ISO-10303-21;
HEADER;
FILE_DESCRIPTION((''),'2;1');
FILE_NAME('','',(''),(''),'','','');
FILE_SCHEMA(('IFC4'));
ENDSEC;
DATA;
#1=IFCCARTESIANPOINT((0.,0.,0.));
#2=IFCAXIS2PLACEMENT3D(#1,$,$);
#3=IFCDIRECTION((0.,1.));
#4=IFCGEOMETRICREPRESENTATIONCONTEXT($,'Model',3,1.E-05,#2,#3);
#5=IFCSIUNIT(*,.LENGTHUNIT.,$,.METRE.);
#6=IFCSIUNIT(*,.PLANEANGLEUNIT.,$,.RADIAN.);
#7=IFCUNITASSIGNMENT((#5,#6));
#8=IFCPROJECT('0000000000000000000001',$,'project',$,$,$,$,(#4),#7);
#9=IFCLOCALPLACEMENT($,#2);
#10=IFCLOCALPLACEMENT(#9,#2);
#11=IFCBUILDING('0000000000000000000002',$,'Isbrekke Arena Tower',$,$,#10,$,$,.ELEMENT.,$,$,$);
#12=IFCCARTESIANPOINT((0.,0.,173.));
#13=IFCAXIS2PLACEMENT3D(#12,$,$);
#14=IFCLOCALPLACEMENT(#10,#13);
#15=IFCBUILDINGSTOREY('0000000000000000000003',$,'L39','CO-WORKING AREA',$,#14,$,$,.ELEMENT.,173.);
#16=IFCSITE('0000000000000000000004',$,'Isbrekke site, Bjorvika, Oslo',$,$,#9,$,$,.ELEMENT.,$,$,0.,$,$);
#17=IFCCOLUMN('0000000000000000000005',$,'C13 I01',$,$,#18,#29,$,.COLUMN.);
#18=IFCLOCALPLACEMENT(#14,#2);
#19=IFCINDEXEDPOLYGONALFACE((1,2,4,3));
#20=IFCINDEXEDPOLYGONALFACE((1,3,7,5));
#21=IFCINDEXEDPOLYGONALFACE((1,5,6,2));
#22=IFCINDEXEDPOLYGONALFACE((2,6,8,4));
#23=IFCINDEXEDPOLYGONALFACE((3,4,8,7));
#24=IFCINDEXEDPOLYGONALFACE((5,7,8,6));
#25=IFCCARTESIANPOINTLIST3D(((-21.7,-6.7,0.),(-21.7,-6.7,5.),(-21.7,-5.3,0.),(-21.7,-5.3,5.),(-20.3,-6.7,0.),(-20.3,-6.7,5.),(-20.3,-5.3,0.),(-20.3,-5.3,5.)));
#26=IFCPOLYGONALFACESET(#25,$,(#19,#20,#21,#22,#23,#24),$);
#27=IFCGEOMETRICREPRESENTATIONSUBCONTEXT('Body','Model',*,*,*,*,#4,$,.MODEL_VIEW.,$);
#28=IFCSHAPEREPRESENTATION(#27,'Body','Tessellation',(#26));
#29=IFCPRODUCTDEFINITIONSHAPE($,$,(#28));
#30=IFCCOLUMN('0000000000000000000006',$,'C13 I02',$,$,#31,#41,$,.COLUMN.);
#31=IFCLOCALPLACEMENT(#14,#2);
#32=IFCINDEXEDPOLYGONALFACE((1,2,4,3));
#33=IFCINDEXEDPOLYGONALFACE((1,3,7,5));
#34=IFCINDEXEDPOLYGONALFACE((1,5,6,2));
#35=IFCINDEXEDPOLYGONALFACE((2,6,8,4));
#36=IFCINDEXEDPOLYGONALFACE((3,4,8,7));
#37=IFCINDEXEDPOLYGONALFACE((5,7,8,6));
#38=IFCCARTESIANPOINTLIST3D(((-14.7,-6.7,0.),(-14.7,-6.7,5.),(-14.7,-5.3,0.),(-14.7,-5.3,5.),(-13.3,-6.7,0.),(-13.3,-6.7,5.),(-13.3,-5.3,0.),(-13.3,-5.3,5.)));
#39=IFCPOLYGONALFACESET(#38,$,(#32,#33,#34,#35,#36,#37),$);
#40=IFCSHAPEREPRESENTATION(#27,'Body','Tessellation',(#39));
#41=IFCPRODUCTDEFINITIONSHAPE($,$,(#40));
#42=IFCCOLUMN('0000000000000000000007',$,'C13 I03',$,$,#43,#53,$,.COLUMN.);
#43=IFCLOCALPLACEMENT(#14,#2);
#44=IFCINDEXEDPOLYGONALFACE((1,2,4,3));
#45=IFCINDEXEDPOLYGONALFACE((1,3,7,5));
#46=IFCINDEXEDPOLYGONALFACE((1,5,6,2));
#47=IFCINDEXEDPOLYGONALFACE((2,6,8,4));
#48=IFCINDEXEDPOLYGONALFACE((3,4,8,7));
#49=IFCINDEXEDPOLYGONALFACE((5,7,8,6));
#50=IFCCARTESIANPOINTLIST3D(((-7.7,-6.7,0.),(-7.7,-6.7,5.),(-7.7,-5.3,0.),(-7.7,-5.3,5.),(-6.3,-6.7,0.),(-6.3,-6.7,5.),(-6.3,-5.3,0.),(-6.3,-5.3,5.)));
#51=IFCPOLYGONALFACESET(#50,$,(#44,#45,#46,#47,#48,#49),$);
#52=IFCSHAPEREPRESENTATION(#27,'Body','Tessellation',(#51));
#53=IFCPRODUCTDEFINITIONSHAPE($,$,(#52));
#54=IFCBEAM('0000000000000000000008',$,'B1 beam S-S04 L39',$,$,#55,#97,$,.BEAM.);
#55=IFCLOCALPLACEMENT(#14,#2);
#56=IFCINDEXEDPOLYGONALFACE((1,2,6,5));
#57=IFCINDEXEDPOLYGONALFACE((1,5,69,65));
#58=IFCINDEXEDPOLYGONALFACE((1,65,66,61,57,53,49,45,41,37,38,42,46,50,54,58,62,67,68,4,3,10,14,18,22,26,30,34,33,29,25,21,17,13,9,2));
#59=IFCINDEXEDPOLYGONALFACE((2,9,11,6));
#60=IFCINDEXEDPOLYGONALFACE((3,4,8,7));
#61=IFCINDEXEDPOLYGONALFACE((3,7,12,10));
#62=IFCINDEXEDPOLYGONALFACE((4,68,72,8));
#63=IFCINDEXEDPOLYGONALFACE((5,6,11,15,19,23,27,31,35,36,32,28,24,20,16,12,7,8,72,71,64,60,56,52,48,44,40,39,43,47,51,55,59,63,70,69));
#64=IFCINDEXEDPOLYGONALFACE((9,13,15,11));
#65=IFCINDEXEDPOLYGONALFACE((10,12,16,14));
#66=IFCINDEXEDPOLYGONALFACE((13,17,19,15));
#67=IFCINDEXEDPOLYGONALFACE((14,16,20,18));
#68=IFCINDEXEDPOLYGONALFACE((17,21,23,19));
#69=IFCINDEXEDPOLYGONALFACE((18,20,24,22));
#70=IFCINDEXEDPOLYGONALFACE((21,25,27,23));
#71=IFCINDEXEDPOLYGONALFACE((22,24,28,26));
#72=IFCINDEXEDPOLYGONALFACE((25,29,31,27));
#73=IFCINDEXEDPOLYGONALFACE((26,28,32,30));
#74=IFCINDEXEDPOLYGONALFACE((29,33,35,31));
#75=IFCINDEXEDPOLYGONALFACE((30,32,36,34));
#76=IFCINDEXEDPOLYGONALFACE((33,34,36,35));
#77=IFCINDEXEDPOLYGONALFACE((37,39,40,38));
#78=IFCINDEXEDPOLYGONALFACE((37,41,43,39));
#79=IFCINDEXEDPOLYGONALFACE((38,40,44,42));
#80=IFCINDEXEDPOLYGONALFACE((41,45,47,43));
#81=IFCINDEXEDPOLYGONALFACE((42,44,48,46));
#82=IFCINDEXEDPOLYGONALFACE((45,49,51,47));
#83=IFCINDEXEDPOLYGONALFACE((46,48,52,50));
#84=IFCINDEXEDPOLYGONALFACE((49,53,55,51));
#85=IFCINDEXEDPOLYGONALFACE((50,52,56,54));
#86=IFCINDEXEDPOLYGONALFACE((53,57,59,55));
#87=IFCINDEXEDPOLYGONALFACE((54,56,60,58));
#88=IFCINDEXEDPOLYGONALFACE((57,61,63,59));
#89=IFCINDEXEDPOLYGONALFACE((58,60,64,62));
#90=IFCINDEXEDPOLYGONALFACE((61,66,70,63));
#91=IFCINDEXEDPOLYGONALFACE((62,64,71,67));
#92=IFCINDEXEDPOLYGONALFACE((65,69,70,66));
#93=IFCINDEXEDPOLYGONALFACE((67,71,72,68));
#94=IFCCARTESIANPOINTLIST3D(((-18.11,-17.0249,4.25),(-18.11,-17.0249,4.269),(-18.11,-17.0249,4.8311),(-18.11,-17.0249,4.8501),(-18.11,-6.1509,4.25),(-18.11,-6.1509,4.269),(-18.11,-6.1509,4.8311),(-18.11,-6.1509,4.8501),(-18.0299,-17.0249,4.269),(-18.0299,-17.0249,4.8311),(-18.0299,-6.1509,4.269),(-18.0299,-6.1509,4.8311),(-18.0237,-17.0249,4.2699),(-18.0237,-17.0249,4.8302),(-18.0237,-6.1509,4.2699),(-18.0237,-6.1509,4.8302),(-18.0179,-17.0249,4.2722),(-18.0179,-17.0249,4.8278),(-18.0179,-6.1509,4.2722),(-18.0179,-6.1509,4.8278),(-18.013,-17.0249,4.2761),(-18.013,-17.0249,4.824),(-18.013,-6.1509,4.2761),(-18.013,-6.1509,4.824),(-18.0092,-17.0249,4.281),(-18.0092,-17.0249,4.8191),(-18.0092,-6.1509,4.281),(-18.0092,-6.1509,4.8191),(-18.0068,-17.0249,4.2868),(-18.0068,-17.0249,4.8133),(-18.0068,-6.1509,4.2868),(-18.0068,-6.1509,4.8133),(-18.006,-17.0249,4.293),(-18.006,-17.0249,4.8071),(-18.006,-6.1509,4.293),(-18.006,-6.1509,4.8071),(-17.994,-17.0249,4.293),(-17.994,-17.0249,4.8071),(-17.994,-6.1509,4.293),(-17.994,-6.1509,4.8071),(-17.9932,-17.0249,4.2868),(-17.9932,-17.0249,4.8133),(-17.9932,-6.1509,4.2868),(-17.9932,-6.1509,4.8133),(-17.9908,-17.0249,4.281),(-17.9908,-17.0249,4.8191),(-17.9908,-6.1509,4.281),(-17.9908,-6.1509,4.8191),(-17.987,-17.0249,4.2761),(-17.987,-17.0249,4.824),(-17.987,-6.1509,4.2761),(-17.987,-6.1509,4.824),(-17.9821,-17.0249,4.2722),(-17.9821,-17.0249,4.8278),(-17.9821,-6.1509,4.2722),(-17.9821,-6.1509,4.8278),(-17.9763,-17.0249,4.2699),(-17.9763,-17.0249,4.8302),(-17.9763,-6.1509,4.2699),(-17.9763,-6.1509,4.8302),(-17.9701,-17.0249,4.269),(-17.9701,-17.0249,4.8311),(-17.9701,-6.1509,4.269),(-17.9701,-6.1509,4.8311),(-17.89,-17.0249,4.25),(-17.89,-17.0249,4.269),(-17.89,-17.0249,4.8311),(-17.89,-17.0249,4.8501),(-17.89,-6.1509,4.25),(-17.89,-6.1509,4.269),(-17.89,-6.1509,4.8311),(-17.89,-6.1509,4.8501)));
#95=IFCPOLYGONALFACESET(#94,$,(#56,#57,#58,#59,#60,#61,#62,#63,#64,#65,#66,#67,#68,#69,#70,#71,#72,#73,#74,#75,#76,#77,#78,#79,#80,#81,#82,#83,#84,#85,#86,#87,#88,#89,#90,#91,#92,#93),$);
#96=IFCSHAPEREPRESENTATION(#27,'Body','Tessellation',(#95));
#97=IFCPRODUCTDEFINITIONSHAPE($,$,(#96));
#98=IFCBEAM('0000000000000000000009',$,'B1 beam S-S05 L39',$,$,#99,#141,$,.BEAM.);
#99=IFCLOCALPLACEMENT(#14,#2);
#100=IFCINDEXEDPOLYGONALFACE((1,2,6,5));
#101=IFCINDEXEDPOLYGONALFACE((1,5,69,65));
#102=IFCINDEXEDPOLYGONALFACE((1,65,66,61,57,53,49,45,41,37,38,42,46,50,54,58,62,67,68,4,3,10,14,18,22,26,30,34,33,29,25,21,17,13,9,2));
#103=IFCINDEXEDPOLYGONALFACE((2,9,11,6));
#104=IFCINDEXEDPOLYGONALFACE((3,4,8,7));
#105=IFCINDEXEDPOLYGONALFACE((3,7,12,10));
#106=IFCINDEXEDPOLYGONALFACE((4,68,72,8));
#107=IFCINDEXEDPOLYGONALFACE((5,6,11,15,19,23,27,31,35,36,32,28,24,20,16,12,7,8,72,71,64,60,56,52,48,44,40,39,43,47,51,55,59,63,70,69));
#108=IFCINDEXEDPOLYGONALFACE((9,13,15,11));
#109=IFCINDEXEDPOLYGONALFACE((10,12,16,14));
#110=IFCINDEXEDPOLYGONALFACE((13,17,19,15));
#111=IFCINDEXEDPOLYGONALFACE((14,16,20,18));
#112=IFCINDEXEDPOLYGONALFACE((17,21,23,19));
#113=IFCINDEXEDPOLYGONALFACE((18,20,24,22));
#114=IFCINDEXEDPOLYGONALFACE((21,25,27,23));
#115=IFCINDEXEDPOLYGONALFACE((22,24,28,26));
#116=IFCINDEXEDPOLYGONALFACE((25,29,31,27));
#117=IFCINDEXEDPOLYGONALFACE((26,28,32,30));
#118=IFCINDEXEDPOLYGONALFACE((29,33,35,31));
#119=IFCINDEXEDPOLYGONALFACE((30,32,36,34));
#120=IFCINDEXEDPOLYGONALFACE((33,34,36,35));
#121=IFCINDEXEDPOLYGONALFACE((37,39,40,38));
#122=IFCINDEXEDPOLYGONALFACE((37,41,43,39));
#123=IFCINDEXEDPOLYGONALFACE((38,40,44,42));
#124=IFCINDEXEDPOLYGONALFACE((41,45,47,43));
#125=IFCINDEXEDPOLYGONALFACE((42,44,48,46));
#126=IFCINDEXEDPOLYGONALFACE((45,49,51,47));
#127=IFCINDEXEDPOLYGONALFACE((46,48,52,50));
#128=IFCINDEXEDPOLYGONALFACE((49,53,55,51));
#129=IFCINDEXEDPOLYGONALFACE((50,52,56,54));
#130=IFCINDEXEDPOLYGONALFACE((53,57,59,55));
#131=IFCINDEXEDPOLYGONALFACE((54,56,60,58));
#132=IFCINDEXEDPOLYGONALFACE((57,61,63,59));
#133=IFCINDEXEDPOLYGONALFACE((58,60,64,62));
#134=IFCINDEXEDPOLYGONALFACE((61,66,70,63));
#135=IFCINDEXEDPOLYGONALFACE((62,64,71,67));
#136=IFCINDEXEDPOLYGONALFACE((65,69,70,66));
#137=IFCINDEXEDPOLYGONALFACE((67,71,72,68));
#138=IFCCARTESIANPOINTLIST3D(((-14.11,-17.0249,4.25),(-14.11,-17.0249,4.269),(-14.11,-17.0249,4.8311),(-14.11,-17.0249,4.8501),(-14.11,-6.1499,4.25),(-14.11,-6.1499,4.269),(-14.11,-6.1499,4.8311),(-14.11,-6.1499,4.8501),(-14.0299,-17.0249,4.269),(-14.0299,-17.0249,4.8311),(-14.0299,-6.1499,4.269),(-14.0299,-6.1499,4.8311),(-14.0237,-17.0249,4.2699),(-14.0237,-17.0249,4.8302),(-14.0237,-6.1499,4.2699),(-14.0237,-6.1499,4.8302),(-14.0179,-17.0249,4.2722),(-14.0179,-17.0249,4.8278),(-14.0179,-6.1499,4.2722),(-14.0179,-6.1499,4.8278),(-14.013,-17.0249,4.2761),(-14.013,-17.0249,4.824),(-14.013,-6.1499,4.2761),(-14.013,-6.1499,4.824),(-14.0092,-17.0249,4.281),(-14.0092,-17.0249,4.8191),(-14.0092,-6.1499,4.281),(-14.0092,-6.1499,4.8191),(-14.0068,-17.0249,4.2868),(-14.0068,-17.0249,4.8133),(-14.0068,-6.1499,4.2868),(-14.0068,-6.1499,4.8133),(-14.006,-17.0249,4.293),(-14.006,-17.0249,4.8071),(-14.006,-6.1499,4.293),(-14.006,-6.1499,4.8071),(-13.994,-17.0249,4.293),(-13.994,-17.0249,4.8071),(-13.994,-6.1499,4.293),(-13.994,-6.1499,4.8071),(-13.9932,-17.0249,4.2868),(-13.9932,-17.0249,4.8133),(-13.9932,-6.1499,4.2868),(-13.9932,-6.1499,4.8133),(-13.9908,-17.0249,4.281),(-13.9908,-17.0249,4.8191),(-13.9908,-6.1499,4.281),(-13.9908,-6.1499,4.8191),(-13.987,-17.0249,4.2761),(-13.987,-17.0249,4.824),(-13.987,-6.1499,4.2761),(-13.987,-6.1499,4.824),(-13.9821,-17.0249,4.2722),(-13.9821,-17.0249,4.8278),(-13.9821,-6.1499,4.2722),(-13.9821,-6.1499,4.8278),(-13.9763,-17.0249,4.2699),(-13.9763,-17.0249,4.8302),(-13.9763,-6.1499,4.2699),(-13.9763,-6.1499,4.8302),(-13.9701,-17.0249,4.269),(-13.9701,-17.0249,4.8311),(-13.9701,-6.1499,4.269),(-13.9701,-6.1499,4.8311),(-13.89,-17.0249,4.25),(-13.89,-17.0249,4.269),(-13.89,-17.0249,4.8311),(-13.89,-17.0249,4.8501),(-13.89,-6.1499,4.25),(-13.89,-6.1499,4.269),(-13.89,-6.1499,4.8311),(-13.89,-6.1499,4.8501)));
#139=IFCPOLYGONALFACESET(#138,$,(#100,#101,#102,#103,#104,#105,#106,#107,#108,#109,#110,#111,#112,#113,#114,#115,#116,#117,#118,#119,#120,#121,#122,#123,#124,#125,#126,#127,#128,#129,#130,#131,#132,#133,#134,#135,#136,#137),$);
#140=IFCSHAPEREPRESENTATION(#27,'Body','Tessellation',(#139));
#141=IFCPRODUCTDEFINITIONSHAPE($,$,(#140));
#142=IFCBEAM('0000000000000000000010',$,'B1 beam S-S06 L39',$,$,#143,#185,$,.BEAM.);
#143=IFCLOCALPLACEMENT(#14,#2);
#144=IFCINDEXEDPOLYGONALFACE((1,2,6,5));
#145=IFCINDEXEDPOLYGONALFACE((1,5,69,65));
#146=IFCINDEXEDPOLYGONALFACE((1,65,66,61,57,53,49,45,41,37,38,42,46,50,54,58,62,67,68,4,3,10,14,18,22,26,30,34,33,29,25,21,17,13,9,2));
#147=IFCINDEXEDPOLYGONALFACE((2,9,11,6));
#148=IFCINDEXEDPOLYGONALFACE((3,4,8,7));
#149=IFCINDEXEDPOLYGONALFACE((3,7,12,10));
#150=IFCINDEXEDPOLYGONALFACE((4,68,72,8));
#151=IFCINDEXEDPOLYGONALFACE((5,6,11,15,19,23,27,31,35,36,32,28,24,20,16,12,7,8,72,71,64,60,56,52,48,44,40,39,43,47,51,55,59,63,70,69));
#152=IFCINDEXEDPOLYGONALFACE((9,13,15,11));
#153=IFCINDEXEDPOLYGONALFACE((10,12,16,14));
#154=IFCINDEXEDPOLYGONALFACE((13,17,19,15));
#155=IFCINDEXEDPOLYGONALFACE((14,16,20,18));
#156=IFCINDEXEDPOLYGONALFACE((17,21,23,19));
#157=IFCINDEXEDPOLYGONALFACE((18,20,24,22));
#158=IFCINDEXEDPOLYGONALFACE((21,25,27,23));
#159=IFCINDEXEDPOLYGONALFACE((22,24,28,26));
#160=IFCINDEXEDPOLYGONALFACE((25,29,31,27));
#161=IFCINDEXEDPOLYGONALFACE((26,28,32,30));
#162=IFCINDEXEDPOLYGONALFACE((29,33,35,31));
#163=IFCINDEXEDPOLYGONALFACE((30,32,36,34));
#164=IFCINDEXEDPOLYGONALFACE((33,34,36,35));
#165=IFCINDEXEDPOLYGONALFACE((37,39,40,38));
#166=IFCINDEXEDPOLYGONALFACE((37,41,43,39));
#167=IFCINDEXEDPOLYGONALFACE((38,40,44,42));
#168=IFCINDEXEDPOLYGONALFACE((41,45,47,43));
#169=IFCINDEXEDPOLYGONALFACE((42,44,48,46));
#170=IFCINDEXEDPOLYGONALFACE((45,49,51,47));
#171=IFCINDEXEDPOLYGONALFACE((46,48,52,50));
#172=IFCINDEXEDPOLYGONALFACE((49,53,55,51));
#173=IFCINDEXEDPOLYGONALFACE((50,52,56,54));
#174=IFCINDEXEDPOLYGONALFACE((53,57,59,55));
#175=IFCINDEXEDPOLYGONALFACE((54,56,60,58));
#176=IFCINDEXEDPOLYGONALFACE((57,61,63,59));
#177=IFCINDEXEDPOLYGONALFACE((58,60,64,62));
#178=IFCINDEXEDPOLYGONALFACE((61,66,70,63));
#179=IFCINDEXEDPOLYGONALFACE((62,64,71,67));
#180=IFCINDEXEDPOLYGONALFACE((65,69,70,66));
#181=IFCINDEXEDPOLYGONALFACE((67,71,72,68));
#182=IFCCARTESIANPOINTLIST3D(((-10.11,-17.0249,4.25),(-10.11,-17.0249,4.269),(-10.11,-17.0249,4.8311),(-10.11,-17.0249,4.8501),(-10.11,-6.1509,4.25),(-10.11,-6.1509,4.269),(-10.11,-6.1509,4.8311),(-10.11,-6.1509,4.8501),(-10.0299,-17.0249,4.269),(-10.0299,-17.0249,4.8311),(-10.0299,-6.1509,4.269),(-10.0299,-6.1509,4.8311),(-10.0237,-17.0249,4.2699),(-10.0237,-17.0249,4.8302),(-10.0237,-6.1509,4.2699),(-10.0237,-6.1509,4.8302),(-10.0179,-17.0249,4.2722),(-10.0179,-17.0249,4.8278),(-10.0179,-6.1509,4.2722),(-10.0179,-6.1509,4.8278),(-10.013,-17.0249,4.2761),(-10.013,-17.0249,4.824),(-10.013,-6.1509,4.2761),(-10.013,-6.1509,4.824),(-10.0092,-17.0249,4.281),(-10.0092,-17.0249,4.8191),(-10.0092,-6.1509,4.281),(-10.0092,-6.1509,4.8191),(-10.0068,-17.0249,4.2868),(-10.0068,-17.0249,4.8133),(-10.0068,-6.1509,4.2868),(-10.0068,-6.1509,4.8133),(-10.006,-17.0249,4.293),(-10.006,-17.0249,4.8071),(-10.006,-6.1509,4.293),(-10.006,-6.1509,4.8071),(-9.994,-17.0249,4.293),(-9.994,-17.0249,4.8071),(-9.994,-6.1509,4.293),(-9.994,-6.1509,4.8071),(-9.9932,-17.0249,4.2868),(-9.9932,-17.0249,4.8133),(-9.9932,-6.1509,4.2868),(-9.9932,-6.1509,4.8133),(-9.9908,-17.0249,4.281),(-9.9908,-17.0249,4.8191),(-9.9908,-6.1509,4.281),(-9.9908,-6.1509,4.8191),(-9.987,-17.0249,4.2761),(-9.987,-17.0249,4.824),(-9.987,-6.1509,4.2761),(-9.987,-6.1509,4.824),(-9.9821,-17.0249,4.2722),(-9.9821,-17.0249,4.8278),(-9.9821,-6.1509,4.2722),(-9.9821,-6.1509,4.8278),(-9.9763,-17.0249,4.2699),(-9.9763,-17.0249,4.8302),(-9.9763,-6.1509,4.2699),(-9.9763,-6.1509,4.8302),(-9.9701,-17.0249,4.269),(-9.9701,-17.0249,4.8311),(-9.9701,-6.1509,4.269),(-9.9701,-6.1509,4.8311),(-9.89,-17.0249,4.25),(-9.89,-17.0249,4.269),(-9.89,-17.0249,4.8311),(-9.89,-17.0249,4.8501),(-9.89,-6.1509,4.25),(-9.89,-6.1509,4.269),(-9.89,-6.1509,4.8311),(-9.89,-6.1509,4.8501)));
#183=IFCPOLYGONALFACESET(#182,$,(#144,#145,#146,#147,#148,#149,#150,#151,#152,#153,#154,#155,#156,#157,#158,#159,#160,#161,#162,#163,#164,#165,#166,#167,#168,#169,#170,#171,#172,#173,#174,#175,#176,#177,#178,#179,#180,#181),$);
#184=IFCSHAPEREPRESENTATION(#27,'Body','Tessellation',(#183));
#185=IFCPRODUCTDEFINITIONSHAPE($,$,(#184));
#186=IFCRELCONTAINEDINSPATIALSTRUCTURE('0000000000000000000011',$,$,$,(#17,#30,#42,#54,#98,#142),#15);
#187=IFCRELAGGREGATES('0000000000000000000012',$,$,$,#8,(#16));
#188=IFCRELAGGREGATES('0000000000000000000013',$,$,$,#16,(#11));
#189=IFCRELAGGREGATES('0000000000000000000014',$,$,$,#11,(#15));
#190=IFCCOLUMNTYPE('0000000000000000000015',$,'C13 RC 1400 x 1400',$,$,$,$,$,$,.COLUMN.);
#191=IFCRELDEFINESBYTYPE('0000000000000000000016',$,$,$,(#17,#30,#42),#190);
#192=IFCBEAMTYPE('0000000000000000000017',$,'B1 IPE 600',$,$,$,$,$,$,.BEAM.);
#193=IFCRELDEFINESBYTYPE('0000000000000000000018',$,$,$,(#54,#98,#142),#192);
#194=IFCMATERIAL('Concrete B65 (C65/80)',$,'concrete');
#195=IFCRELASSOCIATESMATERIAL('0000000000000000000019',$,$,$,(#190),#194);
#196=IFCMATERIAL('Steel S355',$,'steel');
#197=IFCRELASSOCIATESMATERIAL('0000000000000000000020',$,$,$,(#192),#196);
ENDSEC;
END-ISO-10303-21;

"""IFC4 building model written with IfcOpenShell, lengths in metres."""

from ifc_helpers import new_model, si_unit, direction, frame, origin, origin_2d, place, context, subcontext, project, spatial, rectangle, i_section, extrude, material, material_profile, profile_set, type_object, element, save


model = new_model("IFC4")

# Units and contexts
model_context = context("Model", 3, precision=1e-05, world=origin(), true_north=direction((0.0, 1.0)))
body_context = subcontext(model_context, "Body", "Model", "MODEL_VIEW")
ifc_project = project(units=[si_unit("LENGTHUNIT", "METRE"), si_unit("PLANEANGLEUNIT", "RADIAN")], contexts=[model_context])

# Site, building, storey
site_placement = place(None, origin())
site = spatial("IfcSite", under=ifc_project, at=site_placement, Name="Isbrekke site, Bjorvika, Oslo", CompositionType="ELEMENT", RefElevation=0.0)
building_placement = place(site_placement, origin())
building = spatial("IfcBuilding", under=site, at=building_placement, Name="Isbrekke Arena Tower", CompositionType="ELEMENT")
storey_placement = place(building_placement, frame((0.0, 0.0, 173.0)))
storey = spatial("IfcBuildingStorey", under=building, at=storey_placement, Name="L39", Description="CO-WORKING AREA", CompositionType="ELEMENT", Elevation=173.0)

# Columns
ifc_material_1 = material(Name="Concrete B65 (C65/80)", Category="concrete")
ifc_material_profile_1 = material_profile(ifc_material_1, rectangle(XDim=1.3999, YDim=1.3999, at=origin_2d()), Name="RC 1400x1400")
ifc_profile_set_1 = profile_set([ifc_material_profile_1], Name="Concrete B65 (C65/80)")
column_type = type_object("IfcColumnType", Name="C13 RC 1400 x 1400", PredefinedType="COLUMN", material=ifc_profile_set_1)
for number, where, z_axis, x_axis, name in (
    (1, (-21.0, -6.0, 0.0), (0.0, 0.0, 1.0), (1.0, 0.0, 0.0), "C13 I01"),
    (2, (-14.0, -6.0, 0.0), (0.0, 0.0, 1.0), (1.0, 0.0, 0.0), "C13 I02"),
    (3, (-7.0, -6.0, 0.0), (0.0, 0.0, 1.0), (1.0, 0.0, 0.0), "C13 I03"),
):
    element("IfcColumn", number, at=place(storey_placement, frame(where, z_axis=z_axis, x_axis=x_axis)), inside=storey, type_object=column_type, Name=name, PredefinedType="COLUMN", context=body_context, shape_type="SweptSolid", body=[
        extrude(rectangle(XDim=1.3999, YDim=1.3999, at=origin_2d()), origin(), (0.0, 0.0, 1.0), 5.0),
    ])

# Beams
ifc_material_2 = material(Name="Steel S355", Category="steel")
ifc_material_profile_2 = material_profile(ifc_material_2, i_section(OverallWidth=0.22, OverallDepth=0.6001, WebThickness=0.012, FlangeThickness=0.019, FilletRadius=0.0239, at=origin_2d()), Name="IPE 600")
ifc_profile_set_2 = profile_set([ifc_material_profile_2], Name="Steel S355")
beam_type_1 = type_object("IfcBeamType", Name="B1 IPE 600", PredefinedType="BEAM", material=ifc_profile_set_2)
beam_1_placement = place(storey_placement, frame((-18.0, -17.0249, 4.55), z_axis=(0.0, 1.0, 0.0), x_axis=(-1.0, 0.0, 0.0)))
element("IfcBeam", 4, at=beam_1_placement, inside=storey, type_object=beam_type_1, Name="B1 beam S-S04 L39", PredefinedType="BEAM", context=body_context, shape_type="SweptSolid", body=[
    extrude(i_section(OverallWidth=0.22, OverallDepth=0.6001, WebThickness=0.012, FlangeThickness=0.019, FilletRadius=0.0239, at=origin_2d()), origin(), (0.0, 0.0, 1.0), 10.874),
])
beam_2_placement = place(storey_placement, frame((-14.0, -17.0249, 4.55), z_axis=(0.0, 1.0, 0.0), x_axis=(-1.0, 0.0, 0.0)))
element("IfcBeam", 5, at=beam_2_placement, inside=storey, type_object=beam_type_1, Name="B1 beam S-S05 L39", PredefinedType="BEAM", context=body_context, shape_type="SweptSolid", body=[
    extrude(i_section(OverallWidth=0.22, OverallDepth=0.6001, WebThickness=0.012, FlangeThickness=0.019, FilletRadius=0.0239, at=origin_2d()), origin(), (0.0, 0.0, 1.0), 10.875),
])
for number, where, z_axis, x_axis, name in (
    (6, (-10.0, -17.0249, 4.55), (0.0, 1.0, 0.0), (-1.0, 0.0, 0.0), "B1 beam S-S06 L39"),
):
    element("IfcBeam", number, at=place(storey_placement, frame(where, z_axis=z_axis, x_axis=x_axis)), inside=storey, type_object=beam_type_1, Name=name, PredefinedType="BEAM", context=body_context, shape_type="SweptSolid", body=[
        extrude(i_section(OverallWidth=0.22, OverallDepth=0.6001, WebThickness=0.012, FlangeThickness=0.019, FilletRadius=0.0239, at=origin_2d()), origin(), (0.0, 0.0, 1.0), 10.874),
    ])

save(model, "model.ifc")
